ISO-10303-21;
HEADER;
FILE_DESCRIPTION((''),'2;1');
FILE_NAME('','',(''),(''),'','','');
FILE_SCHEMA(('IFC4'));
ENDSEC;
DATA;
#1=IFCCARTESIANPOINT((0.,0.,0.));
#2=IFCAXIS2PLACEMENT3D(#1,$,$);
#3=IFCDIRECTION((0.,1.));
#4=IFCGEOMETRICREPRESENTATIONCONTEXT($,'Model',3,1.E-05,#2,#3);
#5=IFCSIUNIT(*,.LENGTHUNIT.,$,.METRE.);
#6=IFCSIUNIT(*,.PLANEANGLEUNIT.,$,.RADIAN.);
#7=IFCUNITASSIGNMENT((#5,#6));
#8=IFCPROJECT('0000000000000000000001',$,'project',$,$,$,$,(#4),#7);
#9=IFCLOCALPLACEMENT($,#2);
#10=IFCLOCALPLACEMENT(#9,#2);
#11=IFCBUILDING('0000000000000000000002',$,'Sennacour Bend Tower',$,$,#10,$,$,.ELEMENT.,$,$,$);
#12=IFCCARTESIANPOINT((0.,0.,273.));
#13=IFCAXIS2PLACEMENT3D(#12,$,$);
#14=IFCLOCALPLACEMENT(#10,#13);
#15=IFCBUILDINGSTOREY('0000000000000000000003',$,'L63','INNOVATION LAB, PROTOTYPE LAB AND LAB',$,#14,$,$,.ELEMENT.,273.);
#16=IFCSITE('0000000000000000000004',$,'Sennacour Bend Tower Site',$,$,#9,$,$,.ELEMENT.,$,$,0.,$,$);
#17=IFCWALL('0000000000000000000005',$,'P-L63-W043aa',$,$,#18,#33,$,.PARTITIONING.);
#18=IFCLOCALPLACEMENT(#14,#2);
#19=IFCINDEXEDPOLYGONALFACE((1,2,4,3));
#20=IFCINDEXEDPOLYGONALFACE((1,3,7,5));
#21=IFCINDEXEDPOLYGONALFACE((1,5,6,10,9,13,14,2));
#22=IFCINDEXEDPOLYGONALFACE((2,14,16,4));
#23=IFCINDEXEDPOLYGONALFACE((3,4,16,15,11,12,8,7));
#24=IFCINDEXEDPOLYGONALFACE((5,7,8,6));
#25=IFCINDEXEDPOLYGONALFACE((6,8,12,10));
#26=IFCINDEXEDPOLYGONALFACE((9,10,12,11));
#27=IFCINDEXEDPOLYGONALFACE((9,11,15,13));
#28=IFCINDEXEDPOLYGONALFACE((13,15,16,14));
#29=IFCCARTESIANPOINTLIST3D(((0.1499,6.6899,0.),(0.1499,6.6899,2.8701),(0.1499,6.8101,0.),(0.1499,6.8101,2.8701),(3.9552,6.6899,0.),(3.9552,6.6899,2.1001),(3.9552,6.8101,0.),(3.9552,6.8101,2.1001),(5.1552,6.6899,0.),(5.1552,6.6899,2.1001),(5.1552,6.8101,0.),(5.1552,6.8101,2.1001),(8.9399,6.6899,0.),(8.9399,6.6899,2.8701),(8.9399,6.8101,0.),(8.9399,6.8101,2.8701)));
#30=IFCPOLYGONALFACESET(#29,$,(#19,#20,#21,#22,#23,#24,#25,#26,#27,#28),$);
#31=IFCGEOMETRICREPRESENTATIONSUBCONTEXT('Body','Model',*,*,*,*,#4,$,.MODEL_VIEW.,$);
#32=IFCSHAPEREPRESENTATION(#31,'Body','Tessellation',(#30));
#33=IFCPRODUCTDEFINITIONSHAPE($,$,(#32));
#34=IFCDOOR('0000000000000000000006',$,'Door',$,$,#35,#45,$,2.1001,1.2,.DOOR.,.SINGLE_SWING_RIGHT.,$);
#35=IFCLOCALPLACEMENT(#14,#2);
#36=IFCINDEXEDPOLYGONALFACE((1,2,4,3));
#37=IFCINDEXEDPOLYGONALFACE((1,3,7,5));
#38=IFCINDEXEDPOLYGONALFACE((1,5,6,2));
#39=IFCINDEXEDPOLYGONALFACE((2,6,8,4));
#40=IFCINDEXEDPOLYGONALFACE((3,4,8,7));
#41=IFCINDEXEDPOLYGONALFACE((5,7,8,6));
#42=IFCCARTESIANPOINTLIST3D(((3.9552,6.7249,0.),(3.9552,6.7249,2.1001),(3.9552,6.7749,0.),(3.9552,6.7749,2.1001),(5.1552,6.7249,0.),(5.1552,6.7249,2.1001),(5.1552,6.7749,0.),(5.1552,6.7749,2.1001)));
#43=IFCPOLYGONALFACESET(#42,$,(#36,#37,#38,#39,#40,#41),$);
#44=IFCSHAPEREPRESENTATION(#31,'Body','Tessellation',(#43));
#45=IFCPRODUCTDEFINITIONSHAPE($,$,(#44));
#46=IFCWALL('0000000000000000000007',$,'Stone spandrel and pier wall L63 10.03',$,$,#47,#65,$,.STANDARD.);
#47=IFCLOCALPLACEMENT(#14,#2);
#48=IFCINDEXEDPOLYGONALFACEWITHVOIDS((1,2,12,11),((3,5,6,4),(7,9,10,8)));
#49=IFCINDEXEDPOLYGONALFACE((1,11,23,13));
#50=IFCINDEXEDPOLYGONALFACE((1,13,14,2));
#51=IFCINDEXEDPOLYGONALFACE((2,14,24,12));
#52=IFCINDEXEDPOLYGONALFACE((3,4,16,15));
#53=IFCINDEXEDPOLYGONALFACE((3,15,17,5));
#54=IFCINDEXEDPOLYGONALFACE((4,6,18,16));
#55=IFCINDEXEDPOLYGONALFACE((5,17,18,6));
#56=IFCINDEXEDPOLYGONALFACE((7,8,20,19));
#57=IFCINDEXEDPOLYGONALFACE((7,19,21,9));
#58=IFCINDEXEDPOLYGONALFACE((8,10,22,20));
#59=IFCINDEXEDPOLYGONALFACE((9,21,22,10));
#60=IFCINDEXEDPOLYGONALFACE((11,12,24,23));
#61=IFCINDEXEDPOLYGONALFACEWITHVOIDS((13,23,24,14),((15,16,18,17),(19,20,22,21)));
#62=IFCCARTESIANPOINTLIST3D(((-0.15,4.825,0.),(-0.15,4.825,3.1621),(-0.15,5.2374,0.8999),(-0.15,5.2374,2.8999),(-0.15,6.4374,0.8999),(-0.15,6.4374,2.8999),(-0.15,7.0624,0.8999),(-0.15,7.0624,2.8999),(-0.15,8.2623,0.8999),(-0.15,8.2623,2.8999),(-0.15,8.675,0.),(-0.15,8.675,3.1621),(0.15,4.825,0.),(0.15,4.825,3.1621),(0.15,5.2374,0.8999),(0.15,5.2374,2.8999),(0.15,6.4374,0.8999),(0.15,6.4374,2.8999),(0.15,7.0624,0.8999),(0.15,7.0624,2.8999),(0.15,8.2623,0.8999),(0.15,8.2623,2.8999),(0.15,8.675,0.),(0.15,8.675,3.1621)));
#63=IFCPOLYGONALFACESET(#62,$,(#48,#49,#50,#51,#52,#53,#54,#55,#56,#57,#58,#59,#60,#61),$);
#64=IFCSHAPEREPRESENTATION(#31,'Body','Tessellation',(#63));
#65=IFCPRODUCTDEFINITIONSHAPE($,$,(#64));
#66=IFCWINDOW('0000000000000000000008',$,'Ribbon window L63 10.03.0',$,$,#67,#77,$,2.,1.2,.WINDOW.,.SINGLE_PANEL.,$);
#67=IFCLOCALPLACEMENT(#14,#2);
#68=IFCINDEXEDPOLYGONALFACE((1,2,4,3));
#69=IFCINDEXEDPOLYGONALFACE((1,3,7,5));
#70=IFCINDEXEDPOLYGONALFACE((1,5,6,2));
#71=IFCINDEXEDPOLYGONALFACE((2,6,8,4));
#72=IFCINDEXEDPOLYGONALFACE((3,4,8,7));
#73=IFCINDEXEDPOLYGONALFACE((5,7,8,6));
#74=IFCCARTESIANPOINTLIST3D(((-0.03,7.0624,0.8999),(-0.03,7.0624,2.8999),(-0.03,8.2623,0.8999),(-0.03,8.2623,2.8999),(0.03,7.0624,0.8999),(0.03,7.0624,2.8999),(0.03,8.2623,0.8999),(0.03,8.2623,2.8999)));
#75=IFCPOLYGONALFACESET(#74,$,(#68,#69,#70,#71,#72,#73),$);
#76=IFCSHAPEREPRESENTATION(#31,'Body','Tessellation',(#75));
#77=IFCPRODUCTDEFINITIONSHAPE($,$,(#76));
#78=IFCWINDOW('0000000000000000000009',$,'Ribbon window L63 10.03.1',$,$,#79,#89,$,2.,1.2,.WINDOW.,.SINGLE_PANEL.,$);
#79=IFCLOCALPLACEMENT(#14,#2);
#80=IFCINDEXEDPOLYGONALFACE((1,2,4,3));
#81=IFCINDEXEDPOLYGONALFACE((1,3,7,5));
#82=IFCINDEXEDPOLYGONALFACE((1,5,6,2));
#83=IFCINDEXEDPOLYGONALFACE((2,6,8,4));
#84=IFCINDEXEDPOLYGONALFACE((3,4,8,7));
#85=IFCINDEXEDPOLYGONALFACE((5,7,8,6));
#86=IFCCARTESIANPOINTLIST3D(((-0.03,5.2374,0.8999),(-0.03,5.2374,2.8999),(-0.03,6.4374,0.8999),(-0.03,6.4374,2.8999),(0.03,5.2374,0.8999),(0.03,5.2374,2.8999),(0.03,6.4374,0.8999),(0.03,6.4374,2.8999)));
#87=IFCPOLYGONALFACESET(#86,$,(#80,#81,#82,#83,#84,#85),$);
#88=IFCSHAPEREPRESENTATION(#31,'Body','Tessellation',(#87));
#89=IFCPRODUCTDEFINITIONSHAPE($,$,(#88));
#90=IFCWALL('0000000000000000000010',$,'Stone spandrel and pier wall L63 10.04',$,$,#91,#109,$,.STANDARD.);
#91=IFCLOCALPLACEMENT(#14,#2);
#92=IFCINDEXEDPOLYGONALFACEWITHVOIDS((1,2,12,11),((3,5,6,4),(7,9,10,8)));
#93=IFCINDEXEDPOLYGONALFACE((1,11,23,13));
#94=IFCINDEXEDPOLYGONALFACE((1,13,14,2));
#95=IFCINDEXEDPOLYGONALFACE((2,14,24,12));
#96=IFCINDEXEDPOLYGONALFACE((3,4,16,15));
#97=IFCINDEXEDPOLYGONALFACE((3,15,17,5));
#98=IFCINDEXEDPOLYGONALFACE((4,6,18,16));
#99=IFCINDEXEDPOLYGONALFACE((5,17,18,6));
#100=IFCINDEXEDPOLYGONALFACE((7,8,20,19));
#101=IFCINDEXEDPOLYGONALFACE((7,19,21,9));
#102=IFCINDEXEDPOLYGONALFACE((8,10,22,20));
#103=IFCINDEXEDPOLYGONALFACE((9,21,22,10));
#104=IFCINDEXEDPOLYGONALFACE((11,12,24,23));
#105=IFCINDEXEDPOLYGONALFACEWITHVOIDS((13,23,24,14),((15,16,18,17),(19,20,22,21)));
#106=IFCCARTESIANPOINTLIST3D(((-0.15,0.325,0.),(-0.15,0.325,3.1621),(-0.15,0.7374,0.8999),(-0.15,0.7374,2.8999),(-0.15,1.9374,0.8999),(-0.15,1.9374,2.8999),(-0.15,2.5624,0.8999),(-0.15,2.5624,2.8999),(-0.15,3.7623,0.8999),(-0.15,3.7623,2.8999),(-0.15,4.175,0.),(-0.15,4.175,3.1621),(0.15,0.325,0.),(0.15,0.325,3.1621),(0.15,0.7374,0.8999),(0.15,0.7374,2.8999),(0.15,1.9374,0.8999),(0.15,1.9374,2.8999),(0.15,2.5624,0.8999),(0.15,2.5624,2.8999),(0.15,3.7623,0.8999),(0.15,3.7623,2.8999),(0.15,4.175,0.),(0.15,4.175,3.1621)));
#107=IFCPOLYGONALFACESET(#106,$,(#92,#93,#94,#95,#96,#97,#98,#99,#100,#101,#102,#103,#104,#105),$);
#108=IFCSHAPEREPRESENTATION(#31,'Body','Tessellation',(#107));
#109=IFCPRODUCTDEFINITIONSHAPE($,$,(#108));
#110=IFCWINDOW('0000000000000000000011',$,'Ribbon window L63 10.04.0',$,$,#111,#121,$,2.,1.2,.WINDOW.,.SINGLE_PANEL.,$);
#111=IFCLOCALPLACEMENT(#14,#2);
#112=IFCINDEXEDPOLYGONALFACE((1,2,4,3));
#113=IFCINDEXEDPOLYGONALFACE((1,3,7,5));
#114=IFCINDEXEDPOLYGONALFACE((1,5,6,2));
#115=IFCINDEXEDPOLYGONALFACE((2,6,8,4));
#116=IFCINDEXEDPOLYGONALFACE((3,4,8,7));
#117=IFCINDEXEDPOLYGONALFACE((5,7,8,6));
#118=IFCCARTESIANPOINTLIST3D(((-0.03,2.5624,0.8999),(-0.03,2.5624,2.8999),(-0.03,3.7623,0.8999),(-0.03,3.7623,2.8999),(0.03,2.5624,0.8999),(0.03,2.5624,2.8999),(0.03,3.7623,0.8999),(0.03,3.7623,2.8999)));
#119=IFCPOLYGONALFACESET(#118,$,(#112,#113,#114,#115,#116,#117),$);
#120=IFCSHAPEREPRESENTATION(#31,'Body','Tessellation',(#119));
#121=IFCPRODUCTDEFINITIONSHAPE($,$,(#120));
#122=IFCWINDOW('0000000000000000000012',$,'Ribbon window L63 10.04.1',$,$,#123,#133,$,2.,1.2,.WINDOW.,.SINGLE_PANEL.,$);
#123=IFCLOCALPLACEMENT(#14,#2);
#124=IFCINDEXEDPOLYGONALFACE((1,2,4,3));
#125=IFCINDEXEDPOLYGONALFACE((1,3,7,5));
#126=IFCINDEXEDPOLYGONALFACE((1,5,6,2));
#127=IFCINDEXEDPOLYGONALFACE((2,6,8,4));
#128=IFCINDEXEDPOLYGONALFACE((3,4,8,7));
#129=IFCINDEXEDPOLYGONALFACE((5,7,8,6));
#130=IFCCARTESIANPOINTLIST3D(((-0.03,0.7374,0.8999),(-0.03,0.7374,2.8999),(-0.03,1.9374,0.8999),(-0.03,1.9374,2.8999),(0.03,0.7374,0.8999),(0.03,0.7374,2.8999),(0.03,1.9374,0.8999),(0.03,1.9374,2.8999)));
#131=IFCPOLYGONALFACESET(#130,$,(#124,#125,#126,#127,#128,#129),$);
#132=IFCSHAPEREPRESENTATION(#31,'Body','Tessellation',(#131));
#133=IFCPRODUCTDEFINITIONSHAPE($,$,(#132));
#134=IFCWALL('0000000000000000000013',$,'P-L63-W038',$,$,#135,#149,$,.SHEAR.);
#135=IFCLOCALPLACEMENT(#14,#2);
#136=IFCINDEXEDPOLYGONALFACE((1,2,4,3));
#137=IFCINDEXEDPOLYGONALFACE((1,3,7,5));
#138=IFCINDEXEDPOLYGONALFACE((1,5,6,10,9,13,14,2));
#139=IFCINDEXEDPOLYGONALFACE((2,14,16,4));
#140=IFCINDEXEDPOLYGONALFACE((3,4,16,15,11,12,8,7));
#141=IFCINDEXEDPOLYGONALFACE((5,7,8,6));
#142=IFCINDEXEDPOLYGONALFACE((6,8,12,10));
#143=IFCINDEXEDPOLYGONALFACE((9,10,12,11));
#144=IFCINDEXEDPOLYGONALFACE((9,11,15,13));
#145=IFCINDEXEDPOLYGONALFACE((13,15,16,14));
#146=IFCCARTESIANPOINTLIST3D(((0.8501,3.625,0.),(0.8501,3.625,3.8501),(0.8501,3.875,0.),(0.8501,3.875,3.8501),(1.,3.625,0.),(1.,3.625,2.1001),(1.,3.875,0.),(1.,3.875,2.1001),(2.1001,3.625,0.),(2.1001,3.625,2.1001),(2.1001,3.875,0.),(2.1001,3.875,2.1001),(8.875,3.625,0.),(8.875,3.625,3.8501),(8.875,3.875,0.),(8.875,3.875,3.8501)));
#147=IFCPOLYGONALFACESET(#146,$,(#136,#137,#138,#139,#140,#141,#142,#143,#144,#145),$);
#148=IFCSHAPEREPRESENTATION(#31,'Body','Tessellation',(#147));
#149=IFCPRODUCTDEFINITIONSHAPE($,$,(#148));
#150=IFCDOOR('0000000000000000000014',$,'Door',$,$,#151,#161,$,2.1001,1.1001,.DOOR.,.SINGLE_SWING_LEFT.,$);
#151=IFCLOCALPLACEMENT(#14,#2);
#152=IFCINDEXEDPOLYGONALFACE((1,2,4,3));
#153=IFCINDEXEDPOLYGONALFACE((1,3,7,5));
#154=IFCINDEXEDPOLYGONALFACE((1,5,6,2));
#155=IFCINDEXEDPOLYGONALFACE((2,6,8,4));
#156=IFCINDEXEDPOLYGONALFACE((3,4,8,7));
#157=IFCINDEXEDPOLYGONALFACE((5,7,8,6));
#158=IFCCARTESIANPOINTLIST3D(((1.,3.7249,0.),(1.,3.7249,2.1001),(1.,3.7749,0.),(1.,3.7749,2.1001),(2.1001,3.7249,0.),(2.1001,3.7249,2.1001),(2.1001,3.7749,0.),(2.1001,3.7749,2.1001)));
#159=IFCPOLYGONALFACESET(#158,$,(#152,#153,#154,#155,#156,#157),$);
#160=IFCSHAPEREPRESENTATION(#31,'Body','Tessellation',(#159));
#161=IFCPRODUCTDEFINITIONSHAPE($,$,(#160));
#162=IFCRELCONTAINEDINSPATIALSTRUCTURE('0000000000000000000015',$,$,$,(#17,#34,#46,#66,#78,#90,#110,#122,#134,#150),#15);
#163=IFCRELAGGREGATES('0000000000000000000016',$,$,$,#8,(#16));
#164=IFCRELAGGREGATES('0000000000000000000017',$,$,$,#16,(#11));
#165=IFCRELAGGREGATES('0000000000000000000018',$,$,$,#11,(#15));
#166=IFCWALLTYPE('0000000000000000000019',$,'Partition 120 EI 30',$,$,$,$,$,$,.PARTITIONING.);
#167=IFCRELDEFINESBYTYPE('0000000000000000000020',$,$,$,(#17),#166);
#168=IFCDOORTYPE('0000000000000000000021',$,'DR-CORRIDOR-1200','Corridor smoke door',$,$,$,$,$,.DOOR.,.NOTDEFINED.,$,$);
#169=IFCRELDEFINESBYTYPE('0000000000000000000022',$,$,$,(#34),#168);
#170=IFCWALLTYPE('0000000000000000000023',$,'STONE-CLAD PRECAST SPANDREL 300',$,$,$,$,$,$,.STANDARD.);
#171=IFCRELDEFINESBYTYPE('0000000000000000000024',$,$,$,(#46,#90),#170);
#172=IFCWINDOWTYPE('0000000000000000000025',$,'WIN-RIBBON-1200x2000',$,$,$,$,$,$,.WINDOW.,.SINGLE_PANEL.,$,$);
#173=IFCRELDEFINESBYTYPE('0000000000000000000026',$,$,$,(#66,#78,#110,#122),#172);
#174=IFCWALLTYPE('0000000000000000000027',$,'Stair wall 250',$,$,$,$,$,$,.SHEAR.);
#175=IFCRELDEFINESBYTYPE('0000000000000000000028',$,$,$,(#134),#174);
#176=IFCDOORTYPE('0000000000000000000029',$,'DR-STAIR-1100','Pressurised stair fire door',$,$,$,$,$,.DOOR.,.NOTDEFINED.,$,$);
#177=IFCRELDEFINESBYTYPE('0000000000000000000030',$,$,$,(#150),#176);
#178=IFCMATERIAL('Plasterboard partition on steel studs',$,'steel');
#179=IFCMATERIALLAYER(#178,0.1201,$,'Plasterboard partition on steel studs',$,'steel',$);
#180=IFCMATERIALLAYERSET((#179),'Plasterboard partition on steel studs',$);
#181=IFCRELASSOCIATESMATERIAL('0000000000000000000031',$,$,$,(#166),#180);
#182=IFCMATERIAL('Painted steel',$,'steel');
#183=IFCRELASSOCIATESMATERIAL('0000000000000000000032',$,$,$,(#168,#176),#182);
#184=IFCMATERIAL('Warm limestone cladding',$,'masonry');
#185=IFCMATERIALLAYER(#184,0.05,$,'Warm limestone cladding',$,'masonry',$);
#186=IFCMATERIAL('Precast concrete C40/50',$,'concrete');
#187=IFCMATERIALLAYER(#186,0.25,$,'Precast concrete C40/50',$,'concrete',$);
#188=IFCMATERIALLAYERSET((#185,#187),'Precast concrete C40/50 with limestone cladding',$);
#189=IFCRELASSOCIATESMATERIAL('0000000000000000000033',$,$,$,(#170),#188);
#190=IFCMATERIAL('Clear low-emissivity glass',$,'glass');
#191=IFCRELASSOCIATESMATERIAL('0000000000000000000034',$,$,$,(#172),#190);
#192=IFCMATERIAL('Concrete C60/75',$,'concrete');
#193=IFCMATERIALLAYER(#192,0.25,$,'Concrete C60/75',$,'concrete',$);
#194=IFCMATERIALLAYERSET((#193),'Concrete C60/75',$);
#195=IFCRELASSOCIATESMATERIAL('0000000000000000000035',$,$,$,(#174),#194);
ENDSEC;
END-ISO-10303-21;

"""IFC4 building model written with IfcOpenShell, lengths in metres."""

from ifc_helpers import new_model, si_unit, direction, frame, frame_2d, origin, place, context, subcontext, project, spatial, rectangle, extrude, material, layer, layer_set, type_object, element, fill, save


model = new_model("IFC4")

# Units and contexts
model_context = context("Model", 3, precision=1e-05, world=origin(), true_north=direction((0.0, 1.0)))
body_context = subcontext(model_context, "Body", "Model", "MODEL_VIEW")
ifc_project = project(units=[si_unit("LENGTHUNIT", "METRE"), si_unit("PLANEANGLEUNIT", "RADIAN")], contexts=[model_context])

# Site, building, storey
site_placement = place(None, origin())
site = spatial("IfcSite", under=ifc_project, at=site_placement, Name="Sennacour Bend Tower Site", CompositionType="ELEMENT", RefElevation=0.0)
building_placement = place(site_placement, origin())
building = spatial("IfcBuilding", under=site, at=building_placement, Name="Sennacour Bend Tower", CompositionType="ELEMENT")
storey_placement = place(building_placement, frame((0.0, 0.0, 273.0)))
storey = spatial("IfcBuildingStorey", under=building, at=storey_placement, Name="L63", Description="INNOVATION LAB, PROTOTYPE LAB AND LAB", CompositionType="ELEMENT", Elevation=273.0)

# Shared definitions
ifc_material_1 = material(Name="Plasterboard partition on steel studs", Category="steel")

# Wall, opening, door
ifc_layer_1 = layer(ifc_material_1, 0.1201, Name="Plasterboard partition on steel studs", Category="steel")
ifc_layer_set_1 = layer_set([ifc_layer_1], Name="Plasterboard partition on steel studs")
wall_type_1 = type_object("IfcWallType", Name="Partition 120 EI 30", PredefinedType="PARTITIONING", material=ifc_layer_set_1)
wall_1_placement = place(storey_placement, frame((0.1499, 6.75, 0.0), z_axis=(0.0, 0.0, 1.0), x_axis=(1.0, 0.0, 0.0)))
wall_1 = element("IfcWall", 1, at=wall_1_placement, inside=storey, type_object=wall_type_1, Name="P-L63-W043aa", PredefinedType="PARTITIONING", context=body_context, shape_type="SweptSolid", body=[
    extrude(rectangle(XDim=8.79, YDim=0.1201, at=frame_2d((4.395, 0.0))), origin(), (0.0, 0.0, 1.0), 2.8701),
])
opening_1_placement = place(wall_1_placement, frame((3.8052, 0.0, 0.0)))
opening_1 = element("IfcOpeningElement", 2, at=opening_1_placement, cuts=wall_1, PredefinedType="OPENING", context=body_context, shape_type="SweptSolid", body=[
    extrude(rectangle(XDim=1.2, YDim=2.1001, at=frame_2d((0.6001, 1.05))), frame((0.0, 0.0701, 0.0), z_axis=(0.0, -1.0, 0.0), x_axis=(1.0, 0.0, 0.0)), (0.0, 0.0, 1.0), 0.1401),
])
ifc_material_2 = material(Name="Painted steel", Category="steel")
door_type_1 = type_object("IfcDoorType", Name="DR-CORRIDOR-1200", Description="Corridor smoke door", OperationType="NOTDEFINED", PredefinedType="DOOR", material=ifc_material_2)
door_1_placement = place(opening_1_placement, origin())
door_1 = element("IfcDoor", 3, at=door_1_placement, inside=storey, type_object=door_type_1, Name="Door", OperationType="SINGLE_SWING_RIGHT", OverallHeight=2.1001, OverallWidth=1.2, PredefinedType="DOOR", context=body_context, shape_type="SweptSolid", body=[
    extrude(rectangle(XDim=1.2, YDim=2.1001, at=frame_2d((0.6001, 1.05))), frame((0.0, 0.0249, 0.0), z_axis=(0.0, -1.0, 0.0), x_axis=(1.0, 0.0, 0.0)), (0.0, 0.0, 1.0), 0.05),
])
fill(opening_1, door_1)

# Walls, openings, windows
ifc_material_3 = material(Name="Warm limestone cladding", Category="masonry")
ifc_layer_2 = layer(ifc_material_3, 0.05, Name="Warm limestone cladding", Category="masonry")
ifc_material_4 = material(Name="Precast concrete C40/50", Category="concrete")
ifc_layer_3 = layer(ifc_material_4, 0.25, Name="Precast concrete C40/50", Category="concrete")
ifc_layer_set_2 = layer_set([ifc_layer_2, ifc_layer_3], Name="Precast concrete C40/50 with limestone cladding")
wall_type_2 = type_object("IfcWallType", Name="STONE-CLAD PRECAST SPANDREL 300", PredefinedType="STANDARD", material=ifc_layer_set_2)
wall_2_placement = place(storey_placement, frame((0.0, 8.675, 0.0), z_axis=(0.0, 0.0, 1.0), x_axis=(0.0, -1.0, 0.0)))
wall_2 = element("IfcWall", 4, at=wall_2_placement, inside=storey, type_object=wall_type_2, Name="Stone spandrel and pier wall L63 10.03", PredefinedType="STANDARD", context=body_context, shape_type="SweptSolid", body=[
    extrude(rectangle(XDim=3.8501, YDim=0.3, at=frame_2d((1.925, 0.0))), origin(), (0.0, 0.0, 1.0), 3.1621),
])
opening_2_placement = place(wall_2_placement, frame((0.4126, 0.0, 0.8999)))
opening_2 = element("IfcOpeningElement", 5, at=opening_2_placement, cuts=wall_2, PredefinedType="OPENING", context=body_context, shape_type="SweptSolid", body=[
    extrude(rectangle(XDim=1.2, YDim=2.0, at=frame_2d((0.6001, 1.0))), frame((0.0, 0.1602, 0.0), z_axis=(0.0, -1.0, 0.0), x_axis=(1.0, 0.0, 0.0)), (0.0, 0.0, 1.0), 0.3201),
])
opening_3_placement = place(wall_2_placement, frame((2.2375, 0.0, 0.8999)))
opening_3 = element("IfcOpeningElement", 6, at=opening_3_placement, cuts=wall_2, PredefinedType="OPENING", context=body_context, shape_type="SweptSolid", body=[
    extrude(rectangle(XDim=1.2, YDim=2.0, at=frame_2d((0.6001, 1.0))), frame((0.0, 0.1602, 0.0), z_axis=(0.0, -1.0, 0.0), x_axis=(1.0, 0.0, 0.0)), (0.0, 0.0, 1.0), 0.3201),
])
ifc_material_5 = material(Name="Clear low-emissivity glass", Category="glass")
window_type = type_object("IfcWindowType", Name="WIN-RIBBON-1200x2000", PartitioningType="SINGLE_PANEL", PredefinedType="WINDOW", material=ifc_material_5)
window_1_placement = place(opening_2_placement, origin())
window_1 = element("IfcWindow", 7, at=window_1_placement, inside=storey, type_object=window_type, Name="Ribbon window L63 10.03.0", OverallHeight=2.0, OverallWidth=1.2, PartitioningType="SINGLE_PANEL", PredefinedType="WINDOW", context=body_context, shape_type="SweptSolid", body=[
    extrude(rectangle(XDim=1.2, YDim=2.0, at=frame_2d((0.6001, 1.0))), frame((0.0, 0.03, 0.0), z_axis=(0.0, -1.0, 0.0), x_axis=(1.0, 0.0, 0.0)), (0.0, 0.0, 1.0), 0.0601),
])
fill(opening_2, window_1)
window_2_placement = place(opening_3_placement, origin())
window_2 = element("IfcWindow", 8, at=window_2_placement, inside=storey, type_object=window_type, Name="Ribbon window L63 10.03.1", OverallHeight=2.0, OverallWidth=1.2, PartitioningType="SINGLE_PANEL", PredefinedType="WINDOW", context=body_context, shape_type="SweptSolid", body=[
    extrude(rectangle(XDim=1.2, YDim=2.0, at=frame_2d((0.6001, 1.0))), frame((0.0, 0.03, 0.0), z_axis=(0.0, -1.0, 0.0), x_axis=(1.0, 0.0, 0.0)), (0.0, 0.0, 1.0), 0.0601),
])
fill(opening_3, window_2)
wall_3_placement = place(storey_placement, frame((0.0, 4.175, 0.0), z_axis=(0.0, 0.0, 1.0), x_axis=(0.0, -1.0, 0.0)))
wall_3 = element("IfcWall", 9, at=wall_3_placement, inside=storey, type_object=wall_type_2, Name="Stone spandrel and pier wall L63 10.04", PredefinedType="STANDARD", context=body_context, shape_type="SweptSolid", body=[
    extrude(rectangle(XDim=3.8501, YDim=0.3, at=frame_2d((1.925, 0.0))), origin(), (0.0, 0.0, 1.0), 3.1621),
])
opening_4_placement = place(wall_3_placement, frame((0.4126, 0.0, 0.8999)))
opening_4 = element("IfcOpeningElement", 10, at=opening_4_placement, cuts=wall_3, PredefinedType="OPENING", context=body_context, shape_type="SweptSolid", body=[
    extrude(rectangle(XDim=1.2, YDim=2.0, at=frame_2d((0.6001, 1.0))), frame((0.0, 0.1602, 0.0), z_axis=(0.0, -1.0, 0.0), x_axis=(1.0, 0.0, 0.0)), (0.0, 0.0, 1.0), 0.3201),
])
opening_5_placement = place(wall_3_placement, frame((2.2375, 0.0, 0.8999)))
opening_5 = element("IfcOpeningElement", 11, at=opening_5_placement, cuts=wall_3, PredefinedType="OPENING", context=body_context, shape_type="SweptSolid", body=[
    extrude(rectangle(XDim=1.2, YDim=2.0, at=frame_2d((0.6001, 1.0))), frame((0.0, 0.1602, 0.0), z_axis=(0.0, -1.0, 0.0), x_axis=(1.0, 0.0, 0.0)), (0.0, 0.0, 1.0), 0.3201),
])
window_3_placement = place(opening_4_placement, origin())
window_3 = element("IfcWindow", 12, at=window_3_placement, inside=storey, type_object=window_type, Name="Ribbon window L63 10.04.0", OverallHeight=2.0, OverallWidth=1.2, PartitioningType="SINGLE_PANEL", PredefinedType="WINDOW", context=body_context, shape_type="SweptSolid", body=[
    extrude(rectangle(XDim=1.2, YDim=2.0, at=frame_2d((0.6001, 1.0))), frame((0.0, 0.03, 0.0), z_axis=(0.0, -1.0, 0.0), x_axis=(1.0, 0.0, 0.0)), (0.0, 0.0, 1.0), 0.0601),
])
fill(opening_4, window_3)
window_4_placement = place(opening_5_placement, origin())
window_4 = element("IfcWindow", 13, at=window_4_placement, inside=storey, type_object=window_type, Name="Ribbon window L63 10.04.1", OverallHeight=2.0, OverallWidth=1.2, PartitioningType="SINGLE_PANEL", PredefinedType="WINDOW", context=body_context, shape_type="SweptSolid", body=[
    extrude(rectangle(XDim=1.2, YDim=2.0, at=frame_2d((0.6001, 1.0))), frame((0.0, 0.03, 0.0), z_axis=(0.0, -1.0, 0.0), x_axis=(1.0, 0.0, 0.0)), (0.0, 0.0, 1.0), 0.0601),
])
fill(opening_5, window_4)

# Wall, opening, door
ifc_material_6 = material(Name="Concrete C60/75", Category="concrete")
ifc_layer_4 = layer(ifc_material_6, 0.25, Name="Concrete C60/75", Category="concrete")
ifc_layer_set_3 = layer_set([ifc_layer_4], Name="Concrete C60/75")
wall_type_3 = type_object("IfcWallType", Name="Stair wall 250", PredefinedType="SHEAR", material=ifc_layer_set_3)
wall_4_placement = place(storey_placement, frame((0.8501, 3.75, 0.0), z_axis=(0.0, 0.0, 1.0), x_axis=(1.0, 0.0, 0.0)))
wall_4 = element("IfcWall", 14, at=wall_4_placement, inside=storey, type_object=wall_type_3, Name="P-L63-W038", PredefinedType="SHEAR", context=body_context, shape_type="SweptSolid", body=[
    extrude(rectangle(XDim=8.0249, YDim=0.25, at=frame_2d((4.0125, 0.0))), origin(), (0.0, 0.0, 1.0), 3.8501),
])
opening_6_placement = place(wall_4_placement, frame((0.1499, 0.0, 0.0)))
opening_6 = element("IfcOpeningElement", 15, at=opening_6_placement, cuts=wall_4, PredefinedType="OPENING", context=body_context, shape_type="SweptSolid", body=[
    extrude(rectangle(XDim=1.1001, YDim=2.1001, at=frame_2d((0.55, 1.05))), frame((0.0, 0.135, 0.0), z_axis=(0.0, -1.0, 0.0), x_axis=(1.0, 0.0, 0.0)), (0.0, 0.0, 1.0), 0.27),
])
door_type_2 = type_object("IfcDoorType", Name="DR-STAIR-1100", Description="Pressurised stair fire door", OperationType="NOTDEFINED", PredefinedType="DOOR", material=ifc_material_2)
door_2_placement = place(opening_6_placement, origin())
door_2 = element("IfcDoor", 16, at=door_2_placement, inside=storey, type_object=door_type_2, Name="Door", OperationType="SINGLE_SWING_LEFT", OverallHeight=2.1001, OverallWidth=1.1001, PredefinedType="DOOR", context=body_context, shape_type="SweptSolid", body=[
    extrude(rectangle(XDim=1.1001, YDim=2.1001, at=frame_2d((0.55, 1.05))), frame((0.0, 0.0249, 0.0), z_axis=(0.0, -1.0, 0.0), x_axis=(1.0, 0.0, 0.0)), (0.0, 0.0, 1.0), 0.05),
])
fill(opening_6, door_2)

save(model, "model.ifc")
